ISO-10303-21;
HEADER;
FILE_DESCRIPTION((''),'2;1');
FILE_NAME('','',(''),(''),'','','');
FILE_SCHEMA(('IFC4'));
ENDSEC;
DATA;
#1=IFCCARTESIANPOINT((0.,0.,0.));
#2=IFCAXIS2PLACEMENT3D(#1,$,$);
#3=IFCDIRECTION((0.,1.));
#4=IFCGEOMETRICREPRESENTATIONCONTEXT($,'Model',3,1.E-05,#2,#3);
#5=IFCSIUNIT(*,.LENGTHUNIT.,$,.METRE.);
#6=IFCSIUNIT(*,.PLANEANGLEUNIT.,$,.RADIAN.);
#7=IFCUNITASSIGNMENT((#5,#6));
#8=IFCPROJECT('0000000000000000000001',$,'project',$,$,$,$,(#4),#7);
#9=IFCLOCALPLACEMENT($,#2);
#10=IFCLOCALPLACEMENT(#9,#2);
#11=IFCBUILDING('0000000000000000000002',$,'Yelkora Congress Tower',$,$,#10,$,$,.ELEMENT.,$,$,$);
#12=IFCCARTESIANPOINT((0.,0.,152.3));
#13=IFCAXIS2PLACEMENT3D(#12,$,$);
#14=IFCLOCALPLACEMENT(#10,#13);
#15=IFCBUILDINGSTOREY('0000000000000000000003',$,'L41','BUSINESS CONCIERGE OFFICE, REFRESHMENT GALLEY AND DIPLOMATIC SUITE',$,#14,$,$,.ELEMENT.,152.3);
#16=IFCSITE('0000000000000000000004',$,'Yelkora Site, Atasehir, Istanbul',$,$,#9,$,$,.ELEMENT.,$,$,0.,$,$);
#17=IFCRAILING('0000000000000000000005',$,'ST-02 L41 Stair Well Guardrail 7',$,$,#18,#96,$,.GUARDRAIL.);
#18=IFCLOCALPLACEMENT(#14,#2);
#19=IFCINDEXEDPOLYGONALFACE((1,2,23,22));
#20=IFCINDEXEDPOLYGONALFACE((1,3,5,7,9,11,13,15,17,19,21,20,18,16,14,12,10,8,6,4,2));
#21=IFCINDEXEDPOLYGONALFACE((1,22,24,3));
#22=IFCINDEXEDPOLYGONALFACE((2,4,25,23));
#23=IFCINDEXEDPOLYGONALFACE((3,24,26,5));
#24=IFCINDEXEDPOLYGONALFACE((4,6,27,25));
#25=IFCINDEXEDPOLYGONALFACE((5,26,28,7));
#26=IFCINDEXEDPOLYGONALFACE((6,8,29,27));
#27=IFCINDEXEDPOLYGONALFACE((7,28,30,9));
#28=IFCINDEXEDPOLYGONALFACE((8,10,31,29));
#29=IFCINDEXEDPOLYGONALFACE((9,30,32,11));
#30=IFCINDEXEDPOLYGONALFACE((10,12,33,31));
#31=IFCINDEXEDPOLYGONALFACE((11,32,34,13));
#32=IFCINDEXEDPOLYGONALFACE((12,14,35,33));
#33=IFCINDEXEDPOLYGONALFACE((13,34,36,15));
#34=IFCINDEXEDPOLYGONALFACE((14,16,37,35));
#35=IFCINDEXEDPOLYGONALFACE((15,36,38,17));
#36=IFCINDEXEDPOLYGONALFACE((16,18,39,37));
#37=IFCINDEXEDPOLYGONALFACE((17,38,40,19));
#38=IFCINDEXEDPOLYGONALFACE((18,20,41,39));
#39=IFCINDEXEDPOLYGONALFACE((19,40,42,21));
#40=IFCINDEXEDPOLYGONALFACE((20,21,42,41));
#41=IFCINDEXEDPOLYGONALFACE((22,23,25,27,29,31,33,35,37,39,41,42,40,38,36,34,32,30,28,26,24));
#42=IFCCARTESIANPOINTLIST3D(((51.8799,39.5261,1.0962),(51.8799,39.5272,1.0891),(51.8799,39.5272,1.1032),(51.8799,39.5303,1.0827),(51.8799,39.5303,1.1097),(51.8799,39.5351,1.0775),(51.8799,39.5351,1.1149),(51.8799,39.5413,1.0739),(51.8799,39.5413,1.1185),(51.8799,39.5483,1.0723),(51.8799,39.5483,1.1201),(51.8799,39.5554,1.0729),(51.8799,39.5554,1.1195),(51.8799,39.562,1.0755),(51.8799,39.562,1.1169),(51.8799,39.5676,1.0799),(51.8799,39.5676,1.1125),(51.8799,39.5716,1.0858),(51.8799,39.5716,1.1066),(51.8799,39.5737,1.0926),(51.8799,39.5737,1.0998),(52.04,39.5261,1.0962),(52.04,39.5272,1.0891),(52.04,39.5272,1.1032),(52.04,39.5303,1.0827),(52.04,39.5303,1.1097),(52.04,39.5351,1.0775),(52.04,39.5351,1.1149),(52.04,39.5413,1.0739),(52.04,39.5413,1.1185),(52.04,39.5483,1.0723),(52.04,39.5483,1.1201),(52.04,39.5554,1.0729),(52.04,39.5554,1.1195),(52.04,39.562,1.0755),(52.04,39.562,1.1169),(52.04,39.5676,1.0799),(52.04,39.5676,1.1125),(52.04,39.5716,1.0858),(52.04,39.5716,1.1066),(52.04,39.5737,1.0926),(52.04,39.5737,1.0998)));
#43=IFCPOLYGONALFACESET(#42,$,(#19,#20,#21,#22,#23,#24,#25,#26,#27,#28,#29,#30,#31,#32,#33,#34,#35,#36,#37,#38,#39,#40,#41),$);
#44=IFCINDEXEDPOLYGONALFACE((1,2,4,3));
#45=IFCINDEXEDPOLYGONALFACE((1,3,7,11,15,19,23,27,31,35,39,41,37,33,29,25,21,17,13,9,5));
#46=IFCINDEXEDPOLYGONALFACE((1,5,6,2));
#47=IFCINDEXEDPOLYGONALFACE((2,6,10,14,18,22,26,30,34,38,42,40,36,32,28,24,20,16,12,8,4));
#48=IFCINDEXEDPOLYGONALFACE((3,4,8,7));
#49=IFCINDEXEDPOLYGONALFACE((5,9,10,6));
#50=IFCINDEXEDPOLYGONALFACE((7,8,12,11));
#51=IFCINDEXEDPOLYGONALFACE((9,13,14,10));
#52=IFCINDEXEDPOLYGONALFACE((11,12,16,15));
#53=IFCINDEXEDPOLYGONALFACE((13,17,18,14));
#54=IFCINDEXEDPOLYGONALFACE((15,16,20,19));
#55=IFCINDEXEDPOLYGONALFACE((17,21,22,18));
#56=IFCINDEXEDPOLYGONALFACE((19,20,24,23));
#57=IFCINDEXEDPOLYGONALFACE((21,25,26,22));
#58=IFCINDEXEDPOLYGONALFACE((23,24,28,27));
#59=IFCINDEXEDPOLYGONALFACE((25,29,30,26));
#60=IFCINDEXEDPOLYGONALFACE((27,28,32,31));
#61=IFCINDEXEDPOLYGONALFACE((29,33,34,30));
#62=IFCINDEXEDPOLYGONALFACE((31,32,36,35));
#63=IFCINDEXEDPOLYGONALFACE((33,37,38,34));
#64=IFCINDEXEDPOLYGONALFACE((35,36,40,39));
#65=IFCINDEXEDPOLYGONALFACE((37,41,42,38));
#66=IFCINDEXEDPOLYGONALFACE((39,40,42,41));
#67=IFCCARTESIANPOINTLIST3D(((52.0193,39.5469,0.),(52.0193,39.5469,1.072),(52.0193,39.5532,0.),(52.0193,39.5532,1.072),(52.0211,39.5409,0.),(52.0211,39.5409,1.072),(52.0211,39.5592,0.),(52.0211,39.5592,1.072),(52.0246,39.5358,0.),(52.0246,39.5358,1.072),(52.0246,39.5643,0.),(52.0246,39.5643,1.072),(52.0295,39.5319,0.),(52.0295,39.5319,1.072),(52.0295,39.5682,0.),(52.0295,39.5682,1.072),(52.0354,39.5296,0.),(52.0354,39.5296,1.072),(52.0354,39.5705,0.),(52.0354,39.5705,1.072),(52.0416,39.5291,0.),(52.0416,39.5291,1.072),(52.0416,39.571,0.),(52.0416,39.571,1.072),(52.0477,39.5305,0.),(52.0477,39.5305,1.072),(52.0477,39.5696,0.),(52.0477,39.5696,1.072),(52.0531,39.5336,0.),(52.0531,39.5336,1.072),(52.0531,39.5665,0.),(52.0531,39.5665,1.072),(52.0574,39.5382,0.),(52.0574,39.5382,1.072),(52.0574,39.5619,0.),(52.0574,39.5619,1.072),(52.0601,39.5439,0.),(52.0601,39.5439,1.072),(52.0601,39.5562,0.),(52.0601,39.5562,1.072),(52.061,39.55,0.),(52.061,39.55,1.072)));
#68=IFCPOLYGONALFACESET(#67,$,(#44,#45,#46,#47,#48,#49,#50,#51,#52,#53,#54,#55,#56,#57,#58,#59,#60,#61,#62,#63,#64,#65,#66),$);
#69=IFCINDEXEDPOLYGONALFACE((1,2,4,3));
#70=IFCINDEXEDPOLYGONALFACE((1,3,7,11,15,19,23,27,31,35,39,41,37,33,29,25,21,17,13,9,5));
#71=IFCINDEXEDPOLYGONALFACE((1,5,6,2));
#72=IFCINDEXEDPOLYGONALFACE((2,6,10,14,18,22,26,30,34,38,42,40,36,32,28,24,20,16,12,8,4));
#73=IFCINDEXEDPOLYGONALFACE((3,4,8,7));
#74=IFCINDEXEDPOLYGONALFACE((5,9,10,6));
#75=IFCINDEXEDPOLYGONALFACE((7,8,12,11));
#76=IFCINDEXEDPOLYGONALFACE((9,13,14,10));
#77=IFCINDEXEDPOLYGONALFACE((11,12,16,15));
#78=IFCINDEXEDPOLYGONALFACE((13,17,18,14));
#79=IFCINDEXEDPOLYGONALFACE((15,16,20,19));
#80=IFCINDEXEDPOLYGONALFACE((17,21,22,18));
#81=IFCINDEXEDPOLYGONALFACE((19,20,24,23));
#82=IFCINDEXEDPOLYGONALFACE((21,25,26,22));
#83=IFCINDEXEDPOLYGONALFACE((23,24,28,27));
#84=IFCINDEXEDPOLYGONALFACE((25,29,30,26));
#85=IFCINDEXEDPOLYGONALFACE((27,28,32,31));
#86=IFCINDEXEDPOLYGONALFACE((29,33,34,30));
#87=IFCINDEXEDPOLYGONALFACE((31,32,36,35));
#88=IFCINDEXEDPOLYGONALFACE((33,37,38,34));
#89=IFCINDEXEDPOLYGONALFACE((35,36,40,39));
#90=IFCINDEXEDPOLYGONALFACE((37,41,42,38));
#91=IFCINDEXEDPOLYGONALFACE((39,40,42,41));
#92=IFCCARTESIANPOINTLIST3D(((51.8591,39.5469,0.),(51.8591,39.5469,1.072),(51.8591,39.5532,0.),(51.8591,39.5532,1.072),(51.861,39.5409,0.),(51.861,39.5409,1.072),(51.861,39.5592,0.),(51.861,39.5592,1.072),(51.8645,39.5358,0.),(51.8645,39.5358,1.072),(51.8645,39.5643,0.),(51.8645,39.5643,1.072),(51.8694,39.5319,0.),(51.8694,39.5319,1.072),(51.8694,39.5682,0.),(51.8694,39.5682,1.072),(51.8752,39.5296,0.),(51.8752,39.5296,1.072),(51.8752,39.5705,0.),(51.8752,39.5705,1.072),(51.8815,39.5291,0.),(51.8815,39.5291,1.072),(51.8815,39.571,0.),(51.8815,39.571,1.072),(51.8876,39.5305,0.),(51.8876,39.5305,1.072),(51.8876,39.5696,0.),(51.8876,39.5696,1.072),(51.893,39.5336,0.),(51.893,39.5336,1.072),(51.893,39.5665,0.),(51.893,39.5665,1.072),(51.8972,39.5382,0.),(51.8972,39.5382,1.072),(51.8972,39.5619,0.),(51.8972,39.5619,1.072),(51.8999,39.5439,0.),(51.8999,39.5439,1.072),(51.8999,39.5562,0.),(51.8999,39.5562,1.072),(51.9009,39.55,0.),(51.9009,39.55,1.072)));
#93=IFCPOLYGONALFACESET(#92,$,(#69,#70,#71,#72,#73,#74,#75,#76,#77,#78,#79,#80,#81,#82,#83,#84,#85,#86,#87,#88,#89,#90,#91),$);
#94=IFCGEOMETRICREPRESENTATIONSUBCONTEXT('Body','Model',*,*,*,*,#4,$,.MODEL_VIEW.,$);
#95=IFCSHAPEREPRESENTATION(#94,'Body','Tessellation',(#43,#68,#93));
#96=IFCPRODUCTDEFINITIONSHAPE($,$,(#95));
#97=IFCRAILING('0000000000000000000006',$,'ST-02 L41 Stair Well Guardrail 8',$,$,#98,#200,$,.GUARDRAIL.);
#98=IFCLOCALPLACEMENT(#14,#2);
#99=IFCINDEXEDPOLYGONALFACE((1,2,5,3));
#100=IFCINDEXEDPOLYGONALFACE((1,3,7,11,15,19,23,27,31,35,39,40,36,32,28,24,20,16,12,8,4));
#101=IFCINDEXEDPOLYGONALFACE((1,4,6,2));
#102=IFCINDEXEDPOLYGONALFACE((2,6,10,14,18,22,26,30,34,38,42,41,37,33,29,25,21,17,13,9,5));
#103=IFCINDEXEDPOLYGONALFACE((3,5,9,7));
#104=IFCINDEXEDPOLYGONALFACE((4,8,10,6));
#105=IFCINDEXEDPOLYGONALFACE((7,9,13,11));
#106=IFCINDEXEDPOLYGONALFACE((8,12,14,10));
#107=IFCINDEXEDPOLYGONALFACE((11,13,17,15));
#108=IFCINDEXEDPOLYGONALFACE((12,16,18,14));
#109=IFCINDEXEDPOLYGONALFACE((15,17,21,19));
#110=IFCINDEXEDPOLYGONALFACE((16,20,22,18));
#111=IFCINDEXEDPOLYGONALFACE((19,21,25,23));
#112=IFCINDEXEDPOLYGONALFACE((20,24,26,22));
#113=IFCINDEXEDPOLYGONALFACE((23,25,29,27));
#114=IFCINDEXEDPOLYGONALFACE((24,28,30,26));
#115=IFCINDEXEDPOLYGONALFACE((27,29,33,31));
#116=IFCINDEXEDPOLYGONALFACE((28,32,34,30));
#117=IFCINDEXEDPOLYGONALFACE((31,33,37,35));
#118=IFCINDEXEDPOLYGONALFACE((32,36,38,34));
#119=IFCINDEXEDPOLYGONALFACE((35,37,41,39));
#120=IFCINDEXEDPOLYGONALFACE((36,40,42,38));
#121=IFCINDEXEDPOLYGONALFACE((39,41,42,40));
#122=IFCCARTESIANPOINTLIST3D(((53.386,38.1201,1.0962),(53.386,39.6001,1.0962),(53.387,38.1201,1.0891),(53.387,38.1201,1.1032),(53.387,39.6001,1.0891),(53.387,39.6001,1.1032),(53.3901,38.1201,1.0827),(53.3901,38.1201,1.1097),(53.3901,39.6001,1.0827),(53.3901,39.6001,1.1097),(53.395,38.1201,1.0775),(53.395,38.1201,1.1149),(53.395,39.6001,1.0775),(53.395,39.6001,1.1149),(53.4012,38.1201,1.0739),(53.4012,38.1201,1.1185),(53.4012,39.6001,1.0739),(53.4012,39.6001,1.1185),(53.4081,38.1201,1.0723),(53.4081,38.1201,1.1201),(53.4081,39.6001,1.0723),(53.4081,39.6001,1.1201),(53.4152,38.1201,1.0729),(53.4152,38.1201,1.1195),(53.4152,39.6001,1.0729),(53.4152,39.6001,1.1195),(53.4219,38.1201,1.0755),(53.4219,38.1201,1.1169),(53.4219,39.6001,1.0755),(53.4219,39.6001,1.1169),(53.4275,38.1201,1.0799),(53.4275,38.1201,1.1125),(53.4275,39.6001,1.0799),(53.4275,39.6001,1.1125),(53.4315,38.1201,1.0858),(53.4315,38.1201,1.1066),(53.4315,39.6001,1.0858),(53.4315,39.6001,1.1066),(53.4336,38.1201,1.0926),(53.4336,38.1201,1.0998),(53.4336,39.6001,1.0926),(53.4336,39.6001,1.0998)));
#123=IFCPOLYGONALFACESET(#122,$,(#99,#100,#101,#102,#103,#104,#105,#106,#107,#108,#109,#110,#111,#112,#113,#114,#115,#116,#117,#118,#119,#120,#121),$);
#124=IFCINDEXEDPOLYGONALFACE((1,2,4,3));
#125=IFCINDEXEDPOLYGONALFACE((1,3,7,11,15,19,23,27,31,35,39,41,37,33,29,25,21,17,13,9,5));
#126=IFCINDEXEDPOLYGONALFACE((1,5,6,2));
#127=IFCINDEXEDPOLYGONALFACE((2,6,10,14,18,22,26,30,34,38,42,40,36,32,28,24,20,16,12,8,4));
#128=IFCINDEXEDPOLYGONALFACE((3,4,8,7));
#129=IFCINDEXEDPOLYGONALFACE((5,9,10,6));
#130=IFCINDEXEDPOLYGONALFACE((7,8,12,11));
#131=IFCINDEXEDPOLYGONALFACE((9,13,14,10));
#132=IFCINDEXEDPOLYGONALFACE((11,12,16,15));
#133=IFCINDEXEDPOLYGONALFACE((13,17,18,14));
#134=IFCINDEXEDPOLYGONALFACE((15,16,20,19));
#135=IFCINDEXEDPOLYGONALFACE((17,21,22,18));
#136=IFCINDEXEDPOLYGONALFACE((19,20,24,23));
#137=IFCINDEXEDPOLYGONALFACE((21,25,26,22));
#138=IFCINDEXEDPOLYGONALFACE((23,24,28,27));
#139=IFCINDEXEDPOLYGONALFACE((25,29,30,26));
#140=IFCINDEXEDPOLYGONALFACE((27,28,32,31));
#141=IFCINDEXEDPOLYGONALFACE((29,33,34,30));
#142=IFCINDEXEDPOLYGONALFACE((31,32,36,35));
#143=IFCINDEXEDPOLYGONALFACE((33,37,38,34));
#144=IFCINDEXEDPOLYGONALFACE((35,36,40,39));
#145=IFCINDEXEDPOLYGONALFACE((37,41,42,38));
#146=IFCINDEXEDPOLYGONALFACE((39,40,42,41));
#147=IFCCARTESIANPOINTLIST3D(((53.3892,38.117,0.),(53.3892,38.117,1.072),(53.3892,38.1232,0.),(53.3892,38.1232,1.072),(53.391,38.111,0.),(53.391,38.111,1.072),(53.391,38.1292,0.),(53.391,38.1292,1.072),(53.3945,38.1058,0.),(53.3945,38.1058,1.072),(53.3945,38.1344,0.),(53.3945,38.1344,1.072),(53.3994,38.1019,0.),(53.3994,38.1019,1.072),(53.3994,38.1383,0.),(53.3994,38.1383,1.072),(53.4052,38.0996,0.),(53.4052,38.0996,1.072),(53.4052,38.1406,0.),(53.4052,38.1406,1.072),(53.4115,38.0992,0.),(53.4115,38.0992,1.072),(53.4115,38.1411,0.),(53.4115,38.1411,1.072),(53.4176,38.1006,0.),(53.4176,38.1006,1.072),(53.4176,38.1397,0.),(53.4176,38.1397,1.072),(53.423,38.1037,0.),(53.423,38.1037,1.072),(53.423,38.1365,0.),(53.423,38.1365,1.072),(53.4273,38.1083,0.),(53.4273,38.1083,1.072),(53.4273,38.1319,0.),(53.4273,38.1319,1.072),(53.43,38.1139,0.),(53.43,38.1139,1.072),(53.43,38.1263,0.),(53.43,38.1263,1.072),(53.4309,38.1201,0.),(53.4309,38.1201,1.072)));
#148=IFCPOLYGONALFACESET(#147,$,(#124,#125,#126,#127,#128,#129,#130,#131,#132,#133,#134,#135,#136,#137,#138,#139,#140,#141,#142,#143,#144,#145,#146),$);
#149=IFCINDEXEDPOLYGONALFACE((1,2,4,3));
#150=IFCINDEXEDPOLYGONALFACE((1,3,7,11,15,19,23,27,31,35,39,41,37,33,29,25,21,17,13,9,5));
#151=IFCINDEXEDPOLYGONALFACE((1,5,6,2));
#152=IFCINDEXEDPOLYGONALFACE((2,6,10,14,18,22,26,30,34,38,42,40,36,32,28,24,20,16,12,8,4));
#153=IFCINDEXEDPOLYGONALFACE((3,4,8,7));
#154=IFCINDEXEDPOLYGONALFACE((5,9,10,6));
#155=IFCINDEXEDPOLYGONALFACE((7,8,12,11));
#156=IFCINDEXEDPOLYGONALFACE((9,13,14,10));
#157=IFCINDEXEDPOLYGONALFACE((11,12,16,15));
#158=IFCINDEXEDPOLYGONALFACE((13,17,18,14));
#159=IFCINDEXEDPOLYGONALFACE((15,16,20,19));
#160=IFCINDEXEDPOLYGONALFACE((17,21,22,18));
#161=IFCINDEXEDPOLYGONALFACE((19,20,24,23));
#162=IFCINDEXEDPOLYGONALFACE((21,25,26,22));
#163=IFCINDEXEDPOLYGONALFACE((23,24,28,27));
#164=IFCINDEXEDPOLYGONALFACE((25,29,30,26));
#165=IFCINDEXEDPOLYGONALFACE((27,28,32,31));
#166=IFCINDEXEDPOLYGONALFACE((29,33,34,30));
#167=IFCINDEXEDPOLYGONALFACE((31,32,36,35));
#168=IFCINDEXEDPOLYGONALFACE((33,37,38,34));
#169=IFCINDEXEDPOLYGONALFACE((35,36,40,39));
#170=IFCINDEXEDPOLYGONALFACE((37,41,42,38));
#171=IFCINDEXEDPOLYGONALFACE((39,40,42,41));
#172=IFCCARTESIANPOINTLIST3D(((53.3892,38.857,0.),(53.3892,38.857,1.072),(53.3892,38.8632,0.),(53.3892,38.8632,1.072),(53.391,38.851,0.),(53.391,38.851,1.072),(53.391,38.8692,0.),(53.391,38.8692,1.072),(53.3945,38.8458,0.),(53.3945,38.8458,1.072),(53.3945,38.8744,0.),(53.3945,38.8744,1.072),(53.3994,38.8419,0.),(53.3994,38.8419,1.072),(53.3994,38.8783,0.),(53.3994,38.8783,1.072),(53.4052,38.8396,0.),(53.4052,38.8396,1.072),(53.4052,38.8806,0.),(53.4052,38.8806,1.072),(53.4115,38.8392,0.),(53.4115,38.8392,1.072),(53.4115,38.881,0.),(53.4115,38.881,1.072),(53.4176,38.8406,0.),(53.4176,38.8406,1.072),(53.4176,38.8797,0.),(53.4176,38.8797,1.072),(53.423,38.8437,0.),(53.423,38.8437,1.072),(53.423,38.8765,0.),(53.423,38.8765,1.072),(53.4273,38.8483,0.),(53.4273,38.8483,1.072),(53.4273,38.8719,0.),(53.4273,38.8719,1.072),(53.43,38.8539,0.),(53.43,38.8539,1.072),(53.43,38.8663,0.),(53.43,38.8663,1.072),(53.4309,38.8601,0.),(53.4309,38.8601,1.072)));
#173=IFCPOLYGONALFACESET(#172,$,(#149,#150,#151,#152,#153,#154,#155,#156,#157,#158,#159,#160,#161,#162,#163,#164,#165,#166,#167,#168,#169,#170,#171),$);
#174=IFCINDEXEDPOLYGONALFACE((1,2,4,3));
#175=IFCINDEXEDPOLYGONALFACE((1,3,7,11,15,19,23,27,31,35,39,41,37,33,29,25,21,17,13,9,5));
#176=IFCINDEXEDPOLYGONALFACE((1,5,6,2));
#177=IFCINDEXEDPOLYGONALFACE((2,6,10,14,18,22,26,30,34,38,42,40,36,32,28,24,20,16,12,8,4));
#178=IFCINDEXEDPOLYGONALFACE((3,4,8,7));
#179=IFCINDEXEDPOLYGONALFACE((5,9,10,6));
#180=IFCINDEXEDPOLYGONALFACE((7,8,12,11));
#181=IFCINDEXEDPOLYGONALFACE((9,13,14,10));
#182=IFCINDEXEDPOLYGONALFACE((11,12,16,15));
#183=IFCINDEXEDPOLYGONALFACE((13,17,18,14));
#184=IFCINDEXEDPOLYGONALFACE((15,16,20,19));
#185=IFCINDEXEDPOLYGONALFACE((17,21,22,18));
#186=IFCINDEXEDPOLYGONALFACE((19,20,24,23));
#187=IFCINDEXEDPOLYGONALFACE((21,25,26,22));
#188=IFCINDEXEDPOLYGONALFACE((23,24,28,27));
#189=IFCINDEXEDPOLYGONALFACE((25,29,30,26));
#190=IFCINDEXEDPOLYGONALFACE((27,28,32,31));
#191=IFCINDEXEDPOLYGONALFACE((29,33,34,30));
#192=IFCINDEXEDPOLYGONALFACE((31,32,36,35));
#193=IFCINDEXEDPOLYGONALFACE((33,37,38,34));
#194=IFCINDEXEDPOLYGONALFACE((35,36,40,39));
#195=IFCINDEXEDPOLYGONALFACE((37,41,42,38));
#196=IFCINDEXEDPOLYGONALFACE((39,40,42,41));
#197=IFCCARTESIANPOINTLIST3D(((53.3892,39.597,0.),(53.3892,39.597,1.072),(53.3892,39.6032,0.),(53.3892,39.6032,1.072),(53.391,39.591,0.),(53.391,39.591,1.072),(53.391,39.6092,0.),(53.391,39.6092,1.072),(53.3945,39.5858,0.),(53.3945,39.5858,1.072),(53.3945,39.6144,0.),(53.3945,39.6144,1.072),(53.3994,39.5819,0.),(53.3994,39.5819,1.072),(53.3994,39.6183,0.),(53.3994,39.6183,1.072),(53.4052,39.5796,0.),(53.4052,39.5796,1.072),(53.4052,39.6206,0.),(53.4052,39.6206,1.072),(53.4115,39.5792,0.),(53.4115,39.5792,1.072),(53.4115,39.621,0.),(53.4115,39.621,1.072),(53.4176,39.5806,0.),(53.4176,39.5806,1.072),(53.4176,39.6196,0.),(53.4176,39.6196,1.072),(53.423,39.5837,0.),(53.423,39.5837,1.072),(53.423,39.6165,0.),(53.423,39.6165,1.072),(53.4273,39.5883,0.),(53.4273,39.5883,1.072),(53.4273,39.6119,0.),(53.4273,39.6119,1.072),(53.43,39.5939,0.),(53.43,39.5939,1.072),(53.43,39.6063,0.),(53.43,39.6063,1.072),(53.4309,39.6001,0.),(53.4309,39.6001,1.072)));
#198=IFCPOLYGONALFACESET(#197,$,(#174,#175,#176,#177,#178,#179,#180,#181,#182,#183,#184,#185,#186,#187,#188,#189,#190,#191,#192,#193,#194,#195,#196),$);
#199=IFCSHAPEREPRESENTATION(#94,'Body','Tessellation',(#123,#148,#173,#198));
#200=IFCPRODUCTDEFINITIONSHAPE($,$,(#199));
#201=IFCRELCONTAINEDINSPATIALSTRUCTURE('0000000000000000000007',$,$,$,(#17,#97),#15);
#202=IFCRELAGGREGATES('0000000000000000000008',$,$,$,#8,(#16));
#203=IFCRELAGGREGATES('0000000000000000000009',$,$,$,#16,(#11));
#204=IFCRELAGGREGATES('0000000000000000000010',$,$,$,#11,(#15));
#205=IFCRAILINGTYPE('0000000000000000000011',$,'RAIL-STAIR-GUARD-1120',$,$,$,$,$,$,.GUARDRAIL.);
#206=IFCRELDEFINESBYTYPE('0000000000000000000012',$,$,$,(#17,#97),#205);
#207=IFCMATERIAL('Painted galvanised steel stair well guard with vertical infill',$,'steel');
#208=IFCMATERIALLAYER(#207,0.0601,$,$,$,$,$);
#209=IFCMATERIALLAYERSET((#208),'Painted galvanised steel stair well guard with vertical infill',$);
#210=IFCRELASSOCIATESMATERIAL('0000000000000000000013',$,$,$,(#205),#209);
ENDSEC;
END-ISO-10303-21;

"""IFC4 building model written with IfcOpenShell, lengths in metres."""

from ifc_helpers import new_model, si_unit, direction, frame, origin, origin_2d, place, context, subcontext, project, spatial, circle, extrude, material, layer, layer_set, type_object, element, save


model = new_model("IFC4")

# Units and contexts
model_context = context("Model", 3, precision=1e-05, world=origin(), true_north=direction((0.0, 1.0)))
body_context = subcontext(model_context, "Body", "Model", "MODEL_VIEW")
ifc_project = project(units=[si_unit("LENGTHUNIT", "METRE"), si_unit("PLANEANGLEUNIT", "RADIAN")], contexts=[model_context])

# Site, building, storey
site_placement = place(None, origin())
site = spatial("IfcSite", under=ifc_project, at=site_placement, Name="Yelkora Site, Atasehir, Istanbul", CompositionType="ELEMENT", RefElevation=0.0)
building_placement = place(site_placement, origin())
building = spatial("IfcBuilding", under=site, at=building_placement, Name="Yelkora Congress Tower", CompositionType="ELEMENT")
storey_placement = place(building_placement, frame((0.0, 0.0, 152.3)))
storey = spatial("IfcBuildingStorey", under=building, at=storey_placement, Name="L41", Description="BUSINESS CONCIERGE OFFICE, REFRESHMENT GALLEY AND DIPLOMATIC SUITE", CompositionType="ELEMENT", Elevation=152.3)

# Railings
ifc_material_1 = material(Name="Painted galvanised steel stair well guard with vertical infill", Category="steel")
ifc_layer_1 = layer(ifc_material_1, 0.0601)
ifc_layer_set_1 = layer_set([ifc_layer_1], Name="Painted galvanised steel stair well guard with vertical infill")
railing_type_1 = type_object("IfcRailingType", Name="RAIL-STAIR-GUARD-1120", PredefinedType="GUARDRAIL", material=ifc_layer_set_1)
railing_1_placement = place(storey_placement, frame((52.04, 39.55, 0.0)))
element("IfcRailing", 1, at=railing_1_placement, inside=storey, type_object=railing_type_1, Name="ST-02 L41 Stair Well Guardrail 7", PredefinedType="GUARDRAIL", context=body_context, shape_type="SweptSolid", body=[
    extrude(circle(Radius=0.0239, at=origin_2d()), frame((0.0, 0.0, 1.0962), z_axis=(-1.0, 0.0, 0.0), x_axis=(0.0, -1.0, 0.0)), (0.0, 0.0, 1.0), 0.1602),
    extrude(circle(Radius=0.021, at=origin_2d()), origin(), (0.0, 0.0, 1.0), 1.072),
    extrude(circle(Radius=0.021, at=origin_2d()), frame((-0.1602, 0.0, 0.0)), (0.0, 0.0, 1.0), 1.072),
])
railing_2_placement = place(storey_placement, frame((53.4099, 38.1201, 0.0)))
element("IfcRailing", 2, at=railing_2_placement, inside=storey, type_object=railing_type_1, Name="ST-02 L41 Stair Well Guardrail 8", PredefinedType="GUARDRAIL", context=body_context, shape_type="SweptSolid", body=[
    extrude(circle(Radius=0.0239, at=origin_2d()), frame((0.0, 0.0, 1.0962), z_axis=(0.0, 1.0, 0.0), x_axis=(-1.0, 0.0, 0.0)), (0.0, 0.0, 1.0), 1.48),
    extrude(circle(Radius=0.021, at=origin_2d()), origin(), (0.0, 0.0, 1.0), 1.072),
    extrude(circle(Radius=0.021, at=origin_2d()), frame((0.0, 0.74, 0.0)), (0.0, 0.0, 1.0), 1.072),
    extrude(circle(Radius=0.021, at=origin_2d()), frame((0.0, 1.48, 0.0)), (0.0, 0.0, 1.0), 1.072),
])

save(model, "model.ifc")
